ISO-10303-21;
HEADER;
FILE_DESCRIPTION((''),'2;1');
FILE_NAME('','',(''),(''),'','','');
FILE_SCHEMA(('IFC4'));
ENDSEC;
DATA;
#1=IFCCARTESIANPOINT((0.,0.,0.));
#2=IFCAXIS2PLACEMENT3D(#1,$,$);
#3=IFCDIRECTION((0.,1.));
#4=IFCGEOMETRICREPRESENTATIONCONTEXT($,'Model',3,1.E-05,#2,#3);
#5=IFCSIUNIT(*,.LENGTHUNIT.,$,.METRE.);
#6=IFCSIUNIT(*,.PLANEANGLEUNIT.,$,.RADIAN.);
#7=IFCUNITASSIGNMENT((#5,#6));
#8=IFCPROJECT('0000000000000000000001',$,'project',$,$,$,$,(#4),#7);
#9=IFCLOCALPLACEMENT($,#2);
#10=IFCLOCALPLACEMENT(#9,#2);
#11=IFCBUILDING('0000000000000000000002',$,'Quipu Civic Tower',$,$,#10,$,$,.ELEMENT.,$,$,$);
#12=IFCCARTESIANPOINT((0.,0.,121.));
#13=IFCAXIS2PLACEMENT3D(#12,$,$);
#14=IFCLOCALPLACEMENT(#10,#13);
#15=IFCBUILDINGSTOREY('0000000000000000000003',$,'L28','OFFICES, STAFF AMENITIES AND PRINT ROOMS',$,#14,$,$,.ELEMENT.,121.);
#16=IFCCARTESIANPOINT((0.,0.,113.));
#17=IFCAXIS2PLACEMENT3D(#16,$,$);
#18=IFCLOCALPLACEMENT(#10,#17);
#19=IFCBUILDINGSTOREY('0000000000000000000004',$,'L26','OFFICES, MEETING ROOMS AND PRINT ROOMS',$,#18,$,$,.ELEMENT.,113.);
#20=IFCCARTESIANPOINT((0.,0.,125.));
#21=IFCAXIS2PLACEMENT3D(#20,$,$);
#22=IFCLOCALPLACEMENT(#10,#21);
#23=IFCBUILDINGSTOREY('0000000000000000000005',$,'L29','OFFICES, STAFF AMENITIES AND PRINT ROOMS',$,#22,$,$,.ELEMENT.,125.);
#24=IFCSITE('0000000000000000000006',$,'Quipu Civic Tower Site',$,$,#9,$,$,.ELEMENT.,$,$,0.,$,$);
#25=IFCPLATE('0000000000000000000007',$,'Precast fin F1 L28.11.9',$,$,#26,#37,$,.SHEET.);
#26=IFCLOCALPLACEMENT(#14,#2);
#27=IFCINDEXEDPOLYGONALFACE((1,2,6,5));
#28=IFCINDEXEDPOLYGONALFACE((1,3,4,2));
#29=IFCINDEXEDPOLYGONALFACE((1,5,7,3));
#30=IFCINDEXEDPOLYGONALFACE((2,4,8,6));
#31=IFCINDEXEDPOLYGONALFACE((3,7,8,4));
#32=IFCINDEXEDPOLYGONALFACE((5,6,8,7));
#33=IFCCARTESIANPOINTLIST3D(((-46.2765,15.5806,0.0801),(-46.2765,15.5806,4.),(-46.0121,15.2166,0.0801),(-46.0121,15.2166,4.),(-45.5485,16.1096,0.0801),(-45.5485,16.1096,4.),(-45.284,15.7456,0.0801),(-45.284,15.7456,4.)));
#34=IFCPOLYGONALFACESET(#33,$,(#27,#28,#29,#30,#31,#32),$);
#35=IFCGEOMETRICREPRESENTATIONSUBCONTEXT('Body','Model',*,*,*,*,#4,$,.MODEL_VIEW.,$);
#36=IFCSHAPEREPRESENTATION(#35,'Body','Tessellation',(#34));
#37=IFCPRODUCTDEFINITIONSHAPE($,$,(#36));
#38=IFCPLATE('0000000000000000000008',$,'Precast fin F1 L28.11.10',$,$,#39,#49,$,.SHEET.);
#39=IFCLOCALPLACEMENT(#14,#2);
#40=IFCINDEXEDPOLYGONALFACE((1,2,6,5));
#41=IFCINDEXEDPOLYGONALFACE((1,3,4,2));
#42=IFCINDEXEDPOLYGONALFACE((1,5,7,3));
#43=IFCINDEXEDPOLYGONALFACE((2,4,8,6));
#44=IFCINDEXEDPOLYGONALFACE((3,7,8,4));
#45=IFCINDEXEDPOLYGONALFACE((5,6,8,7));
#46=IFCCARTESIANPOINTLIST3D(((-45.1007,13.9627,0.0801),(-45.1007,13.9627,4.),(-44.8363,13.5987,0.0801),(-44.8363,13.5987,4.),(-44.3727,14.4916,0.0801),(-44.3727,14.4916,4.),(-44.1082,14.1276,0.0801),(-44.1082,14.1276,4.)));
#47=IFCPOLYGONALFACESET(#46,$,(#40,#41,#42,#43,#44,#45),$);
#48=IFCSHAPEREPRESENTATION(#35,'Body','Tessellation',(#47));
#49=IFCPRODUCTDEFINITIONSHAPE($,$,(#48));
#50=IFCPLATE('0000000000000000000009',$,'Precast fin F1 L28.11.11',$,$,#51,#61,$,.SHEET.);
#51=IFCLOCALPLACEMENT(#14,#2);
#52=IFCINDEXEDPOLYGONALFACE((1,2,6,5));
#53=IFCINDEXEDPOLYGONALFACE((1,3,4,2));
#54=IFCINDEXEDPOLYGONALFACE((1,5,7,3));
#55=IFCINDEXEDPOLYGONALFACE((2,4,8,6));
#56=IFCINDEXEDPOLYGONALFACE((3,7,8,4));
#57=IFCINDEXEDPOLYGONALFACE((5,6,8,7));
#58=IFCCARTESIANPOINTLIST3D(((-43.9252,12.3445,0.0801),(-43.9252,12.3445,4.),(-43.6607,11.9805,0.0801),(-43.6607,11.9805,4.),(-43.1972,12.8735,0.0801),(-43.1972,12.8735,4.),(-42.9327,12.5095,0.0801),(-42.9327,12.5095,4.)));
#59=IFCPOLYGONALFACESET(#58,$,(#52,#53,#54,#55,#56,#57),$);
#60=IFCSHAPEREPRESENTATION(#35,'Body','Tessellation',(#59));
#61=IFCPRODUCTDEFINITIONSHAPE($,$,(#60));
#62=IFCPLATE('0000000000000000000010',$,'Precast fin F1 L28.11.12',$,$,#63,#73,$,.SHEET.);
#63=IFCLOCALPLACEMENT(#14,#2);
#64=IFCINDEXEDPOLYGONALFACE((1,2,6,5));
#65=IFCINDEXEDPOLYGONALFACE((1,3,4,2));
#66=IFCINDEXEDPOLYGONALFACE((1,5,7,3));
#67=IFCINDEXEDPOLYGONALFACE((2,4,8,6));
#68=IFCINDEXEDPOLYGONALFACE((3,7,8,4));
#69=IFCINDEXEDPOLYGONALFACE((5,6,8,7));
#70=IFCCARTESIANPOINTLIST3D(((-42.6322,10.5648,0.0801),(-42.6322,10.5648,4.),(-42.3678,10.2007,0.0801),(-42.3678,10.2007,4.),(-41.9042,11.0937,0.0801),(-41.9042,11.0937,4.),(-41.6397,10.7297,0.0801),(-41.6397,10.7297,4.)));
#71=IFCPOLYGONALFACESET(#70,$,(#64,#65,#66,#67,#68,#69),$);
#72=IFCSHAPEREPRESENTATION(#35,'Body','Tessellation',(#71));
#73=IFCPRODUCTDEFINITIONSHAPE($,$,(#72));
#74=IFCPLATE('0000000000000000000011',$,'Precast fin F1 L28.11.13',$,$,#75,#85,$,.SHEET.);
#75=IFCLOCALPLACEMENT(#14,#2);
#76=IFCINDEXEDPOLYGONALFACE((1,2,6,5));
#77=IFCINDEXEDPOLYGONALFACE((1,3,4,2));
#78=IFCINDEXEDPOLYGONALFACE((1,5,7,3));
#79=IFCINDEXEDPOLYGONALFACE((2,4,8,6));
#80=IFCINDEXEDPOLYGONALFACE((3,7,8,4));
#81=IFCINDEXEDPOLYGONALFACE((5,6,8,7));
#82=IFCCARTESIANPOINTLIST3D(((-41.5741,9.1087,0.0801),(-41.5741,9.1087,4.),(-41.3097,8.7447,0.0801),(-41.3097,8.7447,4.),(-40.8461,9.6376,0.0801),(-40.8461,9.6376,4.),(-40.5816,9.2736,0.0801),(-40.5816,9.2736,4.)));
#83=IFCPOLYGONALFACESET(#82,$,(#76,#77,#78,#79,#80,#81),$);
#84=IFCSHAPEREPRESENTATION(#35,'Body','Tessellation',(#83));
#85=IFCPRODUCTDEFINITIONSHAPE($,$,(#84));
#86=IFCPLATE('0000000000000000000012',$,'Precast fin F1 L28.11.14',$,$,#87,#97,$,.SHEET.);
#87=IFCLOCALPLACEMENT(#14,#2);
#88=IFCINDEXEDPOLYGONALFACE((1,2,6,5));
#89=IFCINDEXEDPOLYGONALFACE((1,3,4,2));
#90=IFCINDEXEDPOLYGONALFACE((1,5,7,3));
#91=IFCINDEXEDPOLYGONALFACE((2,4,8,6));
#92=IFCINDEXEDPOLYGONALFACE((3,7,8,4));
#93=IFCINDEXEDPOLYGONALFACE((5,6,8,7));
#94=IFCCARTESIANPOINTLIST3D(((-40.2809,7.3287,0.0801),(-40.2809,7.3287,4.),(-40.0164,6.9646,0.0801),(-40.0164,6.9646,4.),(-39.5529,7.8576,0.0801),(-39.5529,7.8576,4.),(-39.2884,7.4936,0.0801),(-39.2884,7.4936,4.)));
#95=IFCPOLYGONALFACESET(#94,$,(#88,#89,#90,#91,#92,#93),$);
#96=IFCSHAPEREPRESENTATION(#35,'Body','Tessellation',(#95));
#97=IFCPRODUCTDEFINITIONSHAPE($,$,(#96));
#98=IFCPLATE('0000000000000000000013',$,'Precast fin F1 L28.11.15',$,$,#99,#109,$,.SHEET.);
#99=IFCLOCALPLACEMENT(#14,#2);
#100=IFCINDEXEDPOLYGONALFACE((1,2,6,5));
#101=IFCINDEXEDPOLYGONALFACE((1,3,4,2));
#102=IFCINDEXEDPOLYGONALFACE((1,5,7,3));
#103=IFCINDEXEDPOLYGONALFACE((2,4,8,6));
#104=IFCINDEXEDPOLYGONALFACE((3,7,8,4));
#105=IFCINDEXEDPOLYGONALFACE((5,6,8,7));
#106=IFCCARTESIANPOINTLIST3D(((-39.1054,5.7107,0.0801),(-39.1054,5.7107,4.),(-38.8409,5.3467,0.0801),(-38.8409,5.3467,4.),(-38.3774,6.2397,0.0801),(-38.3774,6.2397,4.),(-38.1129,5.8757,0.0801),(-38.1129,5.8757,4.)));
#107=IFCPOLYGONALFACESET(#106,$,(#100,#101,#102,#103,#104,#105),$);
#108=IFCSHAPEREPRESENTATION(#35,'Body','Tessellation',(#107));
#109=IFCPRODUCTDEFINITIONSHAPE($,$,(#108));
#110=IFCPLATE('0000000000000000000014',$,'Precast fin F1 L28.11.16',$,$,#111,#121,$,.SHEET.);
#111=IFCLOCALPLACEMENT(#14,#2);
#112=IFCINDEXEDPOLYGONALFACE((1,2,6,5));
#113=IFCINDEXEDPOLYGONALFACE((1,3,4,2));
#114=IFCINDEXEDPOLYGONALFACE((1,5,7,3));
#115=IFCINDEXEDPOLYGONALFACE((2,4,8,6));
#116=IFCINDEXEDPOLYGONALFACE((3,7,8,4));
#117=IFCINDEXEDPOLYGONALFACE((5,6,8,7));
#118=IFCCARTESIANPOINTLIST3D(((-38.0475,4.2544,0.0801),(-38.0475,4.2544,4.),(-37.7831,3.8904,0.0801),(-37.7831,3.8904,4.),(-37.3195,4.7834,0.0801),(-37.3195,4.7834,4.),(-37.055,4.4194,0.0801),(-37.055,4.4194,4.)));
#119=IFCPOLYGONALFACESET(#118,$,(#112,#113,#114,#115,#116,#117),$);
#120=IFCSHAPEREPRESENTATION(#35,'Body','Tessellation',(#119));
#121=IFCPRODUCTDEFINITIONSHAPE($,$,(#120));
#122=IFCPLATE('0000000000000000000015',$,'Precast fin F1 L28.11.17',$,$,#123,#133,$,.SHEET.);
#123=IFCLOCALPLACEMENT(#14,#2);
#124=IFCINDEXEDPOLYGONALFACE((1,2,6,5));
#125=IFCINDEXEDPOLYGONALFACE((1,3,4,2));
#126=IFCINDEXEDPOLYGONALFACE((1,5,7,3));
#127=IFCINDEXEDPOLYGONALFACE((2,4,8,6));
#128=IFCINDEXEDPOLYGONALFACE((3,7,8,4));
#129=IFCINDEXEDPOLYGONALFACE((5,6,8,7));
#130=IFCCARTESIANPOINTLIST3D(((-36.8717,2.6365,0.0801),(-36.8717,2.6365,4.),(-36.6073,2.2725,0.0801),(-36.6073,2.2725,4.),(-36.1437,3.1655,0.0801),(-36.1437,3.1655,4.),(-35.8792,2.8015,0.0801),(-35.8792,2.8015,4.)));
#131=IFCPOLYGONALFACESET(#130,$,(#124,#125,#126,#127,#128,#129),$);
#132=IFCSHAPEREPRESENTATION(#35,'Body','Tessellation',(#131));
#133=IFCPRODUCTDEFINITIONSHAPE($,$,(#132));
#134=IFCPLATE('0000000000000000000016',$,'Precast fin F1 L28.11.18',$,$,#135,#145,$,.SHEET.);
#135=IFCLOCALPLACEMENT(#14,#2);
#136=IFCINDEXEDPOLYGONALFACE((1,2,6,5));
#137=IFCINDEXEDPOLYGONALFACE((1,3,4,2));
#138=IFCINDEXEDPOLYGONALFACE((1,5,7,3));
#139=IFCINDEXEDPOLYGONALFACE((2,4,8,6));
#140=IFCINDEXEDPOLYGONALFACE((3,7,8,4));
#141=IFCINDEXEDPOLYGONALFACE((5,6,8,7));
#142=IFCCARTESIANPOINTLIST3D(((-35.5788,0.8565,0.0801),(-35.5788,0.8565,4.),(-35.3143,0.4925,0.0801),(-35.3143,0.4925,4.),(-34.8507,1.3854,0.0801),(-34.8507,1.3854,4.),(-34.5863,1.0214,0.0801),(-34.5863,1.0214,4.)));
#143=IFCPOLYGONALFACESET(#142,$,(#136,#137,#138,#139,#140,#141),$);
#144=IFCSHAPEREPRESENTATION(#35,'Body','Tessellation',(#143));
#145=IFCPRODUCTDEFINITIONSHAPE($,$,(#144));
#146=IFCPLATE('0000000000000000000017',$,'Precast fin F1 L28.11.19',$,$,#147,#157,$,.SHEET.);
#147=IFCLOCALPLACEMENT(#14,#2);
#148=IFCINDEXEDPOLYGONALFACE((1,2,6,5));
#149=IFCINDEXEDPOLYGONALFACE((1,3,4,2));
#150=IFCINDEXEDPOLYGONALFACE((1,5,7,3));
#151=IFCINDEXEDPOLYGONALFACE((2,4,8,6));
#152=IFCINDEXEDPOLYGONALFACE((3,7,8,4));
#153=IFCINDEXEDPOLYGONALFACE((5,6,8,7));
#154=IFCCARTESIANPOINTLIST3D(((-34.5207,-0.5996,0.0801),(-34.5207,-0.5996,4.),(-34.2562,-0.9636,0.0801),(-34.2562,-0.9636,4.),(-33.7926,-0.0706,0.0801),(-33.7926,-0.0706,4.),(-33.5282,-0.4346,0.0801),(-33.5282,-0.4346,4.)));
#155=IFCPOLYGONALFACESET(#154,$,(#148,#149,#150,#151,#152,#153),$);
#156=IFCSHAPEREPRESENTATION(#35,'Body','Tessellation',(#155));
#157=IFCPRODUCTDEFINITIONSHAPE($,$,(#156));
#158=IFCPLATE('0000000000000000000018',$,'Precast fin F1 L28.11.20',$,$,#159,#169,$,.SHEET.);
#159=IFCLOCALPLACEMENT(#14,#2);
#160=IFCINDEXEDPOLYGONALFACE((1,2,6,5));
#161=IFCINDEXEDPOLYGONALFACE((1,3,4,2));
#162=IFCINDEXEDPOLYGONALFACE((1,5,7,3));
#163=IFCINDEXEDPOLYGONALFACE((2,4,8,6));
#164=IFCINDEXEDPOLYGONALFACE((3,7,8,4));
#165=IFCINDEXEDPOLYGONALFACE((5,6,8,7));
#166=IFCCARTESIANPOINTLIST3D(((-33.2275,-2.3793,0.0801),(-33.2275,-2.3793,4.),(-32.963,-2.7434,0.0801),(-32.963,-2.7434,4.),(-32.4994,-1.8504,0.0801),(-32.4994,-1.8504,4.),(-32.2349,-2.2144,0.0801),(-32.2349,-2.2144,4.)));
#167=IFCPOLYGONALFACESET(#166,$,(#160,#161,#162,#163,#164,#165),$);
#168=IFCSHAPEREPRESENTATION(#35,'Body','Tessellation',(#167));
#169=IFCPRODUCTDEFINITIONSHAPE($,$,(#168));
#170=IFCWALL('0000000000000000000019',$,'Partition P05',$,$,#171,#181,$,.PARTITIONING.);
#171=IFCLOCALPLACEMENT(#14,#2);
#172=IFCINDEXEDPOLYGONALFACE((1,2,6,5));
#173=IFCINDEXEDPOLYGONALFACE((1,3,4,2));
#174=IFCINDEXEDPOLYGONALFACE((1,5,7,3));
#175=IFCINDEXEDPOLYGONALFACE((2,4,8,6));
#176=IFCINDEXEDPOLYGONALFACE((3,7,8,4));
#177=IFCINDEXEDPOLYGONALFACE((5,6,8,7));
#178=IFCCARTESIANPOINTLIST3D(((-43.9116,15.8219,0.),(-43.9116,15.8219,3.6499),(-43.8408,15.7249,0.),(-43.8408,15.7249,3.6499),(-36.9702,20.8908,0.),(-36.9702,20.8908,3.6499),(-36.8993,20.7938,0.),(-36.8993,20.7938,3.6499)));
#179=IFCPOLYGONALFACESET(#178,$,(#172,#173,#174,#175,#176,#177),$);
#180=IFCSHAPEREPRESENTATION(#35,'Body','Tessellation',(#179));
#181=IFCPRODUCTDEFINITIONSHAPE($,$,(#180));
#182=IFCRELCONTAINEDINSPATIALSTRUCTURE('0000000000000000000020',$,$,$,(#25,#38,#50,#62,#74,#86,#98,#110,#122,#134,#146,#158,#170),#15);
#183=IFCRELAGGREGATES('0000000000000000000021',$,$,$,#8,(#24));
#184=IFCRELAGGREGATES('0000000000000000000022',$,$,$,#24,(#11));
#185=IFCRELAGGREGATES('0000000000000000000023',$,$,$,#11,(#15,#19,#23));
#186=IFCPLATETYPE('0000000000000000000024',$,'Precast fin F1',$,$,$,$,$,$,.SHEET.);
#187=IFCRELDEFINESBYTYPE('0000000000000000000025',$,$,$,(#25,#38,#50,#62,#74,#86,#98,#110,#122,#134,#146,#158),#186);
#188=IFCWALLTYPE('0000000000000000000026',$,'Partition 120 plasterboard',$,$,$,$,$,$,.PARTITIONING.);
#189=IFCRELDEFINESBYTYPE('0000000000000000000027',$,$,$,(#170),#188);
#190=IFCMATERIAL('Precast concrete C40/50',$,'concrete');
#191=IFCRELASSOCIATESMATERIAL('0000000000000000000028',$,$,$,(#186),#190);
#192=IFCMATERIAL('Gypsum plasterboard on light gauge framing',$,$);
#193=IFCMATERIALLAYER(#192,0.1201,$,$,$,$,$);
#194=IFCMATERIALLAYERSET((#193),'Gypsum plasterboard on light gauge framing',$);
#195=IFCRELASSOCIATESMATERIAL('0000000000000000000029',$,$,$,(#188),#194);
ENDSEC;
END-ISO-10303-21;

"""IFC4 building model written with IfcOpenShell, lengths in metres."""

from ifc_helpers import new_model, si_unit, direction, frame, frame_2d, origin, origin_2d, place, context, subcontext, project, spatial, rectangle, extrude, material, layer, layer_set, type_object, element, save


model = new_model("IFC4")

# Units and contexts
model_context = context("Model", 3, precision=1e-05, world=origin(), true_north=direction((0.0, 1.0)))
body_context = subcontext(model_context, "Body", "Model", "MODEL_VIEW")
ifc_project = project(units=[si_unit("LENGTHUNIT", "METRE"), si_unit("PLANEANGLEUNIT", "RADIAN")], contexts=[model_context])

# Site, building, storey
site_placement = place(None, origin())
site = spatial("IfcSite", under=ifc_project, at=site_placement, Name="Quipu Civic Tower Site", CompositionType="ELEMENT", RefElevation=0.0)
building_placement = place(site_placement, origin())
building = spatial("IfcBuilding", under=site, at=building_placement, Name="Quipu Civic Tower", CompositionType="ELEMENT")
storey_1_placement = place(building_placement, frame((0.0, 0.0, 121.0)))
storey_1 = spatial("IfcBuildingStorey", under=building, at=storey_1_placement, Name="L28", Description="OFFICES, STAFF AMENITIES AND PRINT ROOMS", CompositionType="ELEMENT", Elevation=121.0)

# Shared definitions
storey_2_placement = place(building_placement, frame((0.0, 0.0, 113.0)))
storey_2 = spatial("IfcBuildingStorey", under=building, at=storey_2_placement, Name="L26", Description="OFFICES, MEETING ROOMS AND PRINT ROOMS", CompositionType="ELEMENT", Elevation=113.0)

# Shared definitions
storey_3_placement = place(building_placement, frame((0.0, 0.0, 125.0)))
storey_3 = spatial("IfcBuildingStorey", under=building, at=storey_3_placement, Name="L29", Description="OFFICES, STAFF AMENITIES AND PRINT ROOMS", CompositionType="ELEMENT", Elevation=125.0)

# Plates
ifc_material_1 = material(Name="Precast concrete C40/50", Category="concrete")
plate_type_1 = type_object("IfcPlateType", Name="Precast fin F1", PredefinedType="SHEET", material=ifc_material_1)
for number, where, z_axis, x_axis, name in (
    (1, (-45.7803, 15.6631, 0.0801), (0.0, 0.0, 1.0), (0.587786, -0.809017, 0.0), "Precast fin F1 L28.11.9"),
    (2, (-44.6045, 14.0452, 0.0801), (0.0, 0.0, 1.0), (0.587786, -0.809017, 0.0), "Precast fin F1 L28.11.10"),
    (3, (-43.429, 12.427, 0.0801), (0.0, 0.0, 1.0), (0.587786, -0.809017, 0.0), "Precast fin F1 L28.11.11"),
    (4, (-42.136, 10.6472, 0.0801), (0.0, 0.0, 1.0), (0.587786, -0.809017, 0.0), "Precast fin F1 L28.11.12"),
    (5, (-41.0779, 9.1912, 0.0801), (0.0, 0.0, 1.0), (0.587786, -0.809017, 0.0), "Precast fin F1 L28.11.13"),
    (6, (-39.7847, 7.4111, 0.0801), (0.0, 0.0, 1.0), (0.587786, -0.809017, 0.0), "Precast fin F1 L28.11.14"),
    (7, (-38.6091, 5.7932, 0.0801), (0.0, 0.0, 1.0), (0.587786, -0.809017, 0.0), "Precast fin F1 L28.11.15"),
    (8, (-37.5513, 4.3369, 0.0801), (0.0, 0.0, 1.0), (0.587786, -0.809017, 0.0), "Precast fin F1 L28.11.16"),
    (9, (-36.3755, 2.719, 0.0801), (0.0, 0.0, 1.0), (0.587786, -0.809017, 0.0), "Precast fin F1 L28.11.17"),
    (10, (-35.0825, 0.939, 0.0801), (0.0, 0.0, 1.0), (0.587786, -0.809017, 0.0), "Precast fin F1 L28.11.18"),
    (11, (-34.0244, -0.5171, 0.0801), (0.0, 0.0, 1.0), (0.587786, -0.809017, 0.0), "Precast fin F1 L28.11.19"),
    (12, (-32.7312, -2.2969, 0.0801), (0.0, 0.0, 1.0), (0.587786, -0.809017, 0.0), "Precast fin F1 L28.11.20"),
):
    element("IfcPlate", number, at=place(storey_1_placement, frame(where, z_axis=z_axis, x_axis=x_axis)), inside=storey_1, type_object=plate_type_1, Name=name, PredefinedType="SHEET", context=body_context, shape_type="SweptSolid", body=[
        extrude(rectangle(XDim=0.45, YDim=0.8999, at=origin_2d()), origin(), (0.0, 0.0, 1.0), 3.9199),
    ])

# Wall
ifc_material_2 = material(Name="Gypsum plasterboard on light gauge framing")
ifc_layer_1 = layer(ifc_material_2, 0.1201)
ifc_layer_set_1 = layer_set([ifc_layer_1], Name="Gypsum plasterboard on light gauge framing")
wall_type = type_object("IfcWallType", Name="Partition 120 plasterboard", PredefinedType="PARTITIONING", material=ifc_layer_set_1)
wall_placement = place(storey_1_placement, frame((-43.8762, 15.7734, 0.0), z_axis=(0.0, 0.0, 1.0), x_axis=(0.807597, 0.589735, 0.0)))
element("IfcWall", 13, at=wall_placement, inside=storey_1, type_object=wall_type, Name="Partition P05", PredefinedType="PARTITIONING", context=body_context, shape_type="SweptSolid", body=[
    extrude(rectangle(XDim=8.5952, YDim=0.1201, at=frame_2d((4.2976, 0.0))), origin(), (0.0, 0.0, 1.0), 3.6499),
])

save(model, "model.ifc")
